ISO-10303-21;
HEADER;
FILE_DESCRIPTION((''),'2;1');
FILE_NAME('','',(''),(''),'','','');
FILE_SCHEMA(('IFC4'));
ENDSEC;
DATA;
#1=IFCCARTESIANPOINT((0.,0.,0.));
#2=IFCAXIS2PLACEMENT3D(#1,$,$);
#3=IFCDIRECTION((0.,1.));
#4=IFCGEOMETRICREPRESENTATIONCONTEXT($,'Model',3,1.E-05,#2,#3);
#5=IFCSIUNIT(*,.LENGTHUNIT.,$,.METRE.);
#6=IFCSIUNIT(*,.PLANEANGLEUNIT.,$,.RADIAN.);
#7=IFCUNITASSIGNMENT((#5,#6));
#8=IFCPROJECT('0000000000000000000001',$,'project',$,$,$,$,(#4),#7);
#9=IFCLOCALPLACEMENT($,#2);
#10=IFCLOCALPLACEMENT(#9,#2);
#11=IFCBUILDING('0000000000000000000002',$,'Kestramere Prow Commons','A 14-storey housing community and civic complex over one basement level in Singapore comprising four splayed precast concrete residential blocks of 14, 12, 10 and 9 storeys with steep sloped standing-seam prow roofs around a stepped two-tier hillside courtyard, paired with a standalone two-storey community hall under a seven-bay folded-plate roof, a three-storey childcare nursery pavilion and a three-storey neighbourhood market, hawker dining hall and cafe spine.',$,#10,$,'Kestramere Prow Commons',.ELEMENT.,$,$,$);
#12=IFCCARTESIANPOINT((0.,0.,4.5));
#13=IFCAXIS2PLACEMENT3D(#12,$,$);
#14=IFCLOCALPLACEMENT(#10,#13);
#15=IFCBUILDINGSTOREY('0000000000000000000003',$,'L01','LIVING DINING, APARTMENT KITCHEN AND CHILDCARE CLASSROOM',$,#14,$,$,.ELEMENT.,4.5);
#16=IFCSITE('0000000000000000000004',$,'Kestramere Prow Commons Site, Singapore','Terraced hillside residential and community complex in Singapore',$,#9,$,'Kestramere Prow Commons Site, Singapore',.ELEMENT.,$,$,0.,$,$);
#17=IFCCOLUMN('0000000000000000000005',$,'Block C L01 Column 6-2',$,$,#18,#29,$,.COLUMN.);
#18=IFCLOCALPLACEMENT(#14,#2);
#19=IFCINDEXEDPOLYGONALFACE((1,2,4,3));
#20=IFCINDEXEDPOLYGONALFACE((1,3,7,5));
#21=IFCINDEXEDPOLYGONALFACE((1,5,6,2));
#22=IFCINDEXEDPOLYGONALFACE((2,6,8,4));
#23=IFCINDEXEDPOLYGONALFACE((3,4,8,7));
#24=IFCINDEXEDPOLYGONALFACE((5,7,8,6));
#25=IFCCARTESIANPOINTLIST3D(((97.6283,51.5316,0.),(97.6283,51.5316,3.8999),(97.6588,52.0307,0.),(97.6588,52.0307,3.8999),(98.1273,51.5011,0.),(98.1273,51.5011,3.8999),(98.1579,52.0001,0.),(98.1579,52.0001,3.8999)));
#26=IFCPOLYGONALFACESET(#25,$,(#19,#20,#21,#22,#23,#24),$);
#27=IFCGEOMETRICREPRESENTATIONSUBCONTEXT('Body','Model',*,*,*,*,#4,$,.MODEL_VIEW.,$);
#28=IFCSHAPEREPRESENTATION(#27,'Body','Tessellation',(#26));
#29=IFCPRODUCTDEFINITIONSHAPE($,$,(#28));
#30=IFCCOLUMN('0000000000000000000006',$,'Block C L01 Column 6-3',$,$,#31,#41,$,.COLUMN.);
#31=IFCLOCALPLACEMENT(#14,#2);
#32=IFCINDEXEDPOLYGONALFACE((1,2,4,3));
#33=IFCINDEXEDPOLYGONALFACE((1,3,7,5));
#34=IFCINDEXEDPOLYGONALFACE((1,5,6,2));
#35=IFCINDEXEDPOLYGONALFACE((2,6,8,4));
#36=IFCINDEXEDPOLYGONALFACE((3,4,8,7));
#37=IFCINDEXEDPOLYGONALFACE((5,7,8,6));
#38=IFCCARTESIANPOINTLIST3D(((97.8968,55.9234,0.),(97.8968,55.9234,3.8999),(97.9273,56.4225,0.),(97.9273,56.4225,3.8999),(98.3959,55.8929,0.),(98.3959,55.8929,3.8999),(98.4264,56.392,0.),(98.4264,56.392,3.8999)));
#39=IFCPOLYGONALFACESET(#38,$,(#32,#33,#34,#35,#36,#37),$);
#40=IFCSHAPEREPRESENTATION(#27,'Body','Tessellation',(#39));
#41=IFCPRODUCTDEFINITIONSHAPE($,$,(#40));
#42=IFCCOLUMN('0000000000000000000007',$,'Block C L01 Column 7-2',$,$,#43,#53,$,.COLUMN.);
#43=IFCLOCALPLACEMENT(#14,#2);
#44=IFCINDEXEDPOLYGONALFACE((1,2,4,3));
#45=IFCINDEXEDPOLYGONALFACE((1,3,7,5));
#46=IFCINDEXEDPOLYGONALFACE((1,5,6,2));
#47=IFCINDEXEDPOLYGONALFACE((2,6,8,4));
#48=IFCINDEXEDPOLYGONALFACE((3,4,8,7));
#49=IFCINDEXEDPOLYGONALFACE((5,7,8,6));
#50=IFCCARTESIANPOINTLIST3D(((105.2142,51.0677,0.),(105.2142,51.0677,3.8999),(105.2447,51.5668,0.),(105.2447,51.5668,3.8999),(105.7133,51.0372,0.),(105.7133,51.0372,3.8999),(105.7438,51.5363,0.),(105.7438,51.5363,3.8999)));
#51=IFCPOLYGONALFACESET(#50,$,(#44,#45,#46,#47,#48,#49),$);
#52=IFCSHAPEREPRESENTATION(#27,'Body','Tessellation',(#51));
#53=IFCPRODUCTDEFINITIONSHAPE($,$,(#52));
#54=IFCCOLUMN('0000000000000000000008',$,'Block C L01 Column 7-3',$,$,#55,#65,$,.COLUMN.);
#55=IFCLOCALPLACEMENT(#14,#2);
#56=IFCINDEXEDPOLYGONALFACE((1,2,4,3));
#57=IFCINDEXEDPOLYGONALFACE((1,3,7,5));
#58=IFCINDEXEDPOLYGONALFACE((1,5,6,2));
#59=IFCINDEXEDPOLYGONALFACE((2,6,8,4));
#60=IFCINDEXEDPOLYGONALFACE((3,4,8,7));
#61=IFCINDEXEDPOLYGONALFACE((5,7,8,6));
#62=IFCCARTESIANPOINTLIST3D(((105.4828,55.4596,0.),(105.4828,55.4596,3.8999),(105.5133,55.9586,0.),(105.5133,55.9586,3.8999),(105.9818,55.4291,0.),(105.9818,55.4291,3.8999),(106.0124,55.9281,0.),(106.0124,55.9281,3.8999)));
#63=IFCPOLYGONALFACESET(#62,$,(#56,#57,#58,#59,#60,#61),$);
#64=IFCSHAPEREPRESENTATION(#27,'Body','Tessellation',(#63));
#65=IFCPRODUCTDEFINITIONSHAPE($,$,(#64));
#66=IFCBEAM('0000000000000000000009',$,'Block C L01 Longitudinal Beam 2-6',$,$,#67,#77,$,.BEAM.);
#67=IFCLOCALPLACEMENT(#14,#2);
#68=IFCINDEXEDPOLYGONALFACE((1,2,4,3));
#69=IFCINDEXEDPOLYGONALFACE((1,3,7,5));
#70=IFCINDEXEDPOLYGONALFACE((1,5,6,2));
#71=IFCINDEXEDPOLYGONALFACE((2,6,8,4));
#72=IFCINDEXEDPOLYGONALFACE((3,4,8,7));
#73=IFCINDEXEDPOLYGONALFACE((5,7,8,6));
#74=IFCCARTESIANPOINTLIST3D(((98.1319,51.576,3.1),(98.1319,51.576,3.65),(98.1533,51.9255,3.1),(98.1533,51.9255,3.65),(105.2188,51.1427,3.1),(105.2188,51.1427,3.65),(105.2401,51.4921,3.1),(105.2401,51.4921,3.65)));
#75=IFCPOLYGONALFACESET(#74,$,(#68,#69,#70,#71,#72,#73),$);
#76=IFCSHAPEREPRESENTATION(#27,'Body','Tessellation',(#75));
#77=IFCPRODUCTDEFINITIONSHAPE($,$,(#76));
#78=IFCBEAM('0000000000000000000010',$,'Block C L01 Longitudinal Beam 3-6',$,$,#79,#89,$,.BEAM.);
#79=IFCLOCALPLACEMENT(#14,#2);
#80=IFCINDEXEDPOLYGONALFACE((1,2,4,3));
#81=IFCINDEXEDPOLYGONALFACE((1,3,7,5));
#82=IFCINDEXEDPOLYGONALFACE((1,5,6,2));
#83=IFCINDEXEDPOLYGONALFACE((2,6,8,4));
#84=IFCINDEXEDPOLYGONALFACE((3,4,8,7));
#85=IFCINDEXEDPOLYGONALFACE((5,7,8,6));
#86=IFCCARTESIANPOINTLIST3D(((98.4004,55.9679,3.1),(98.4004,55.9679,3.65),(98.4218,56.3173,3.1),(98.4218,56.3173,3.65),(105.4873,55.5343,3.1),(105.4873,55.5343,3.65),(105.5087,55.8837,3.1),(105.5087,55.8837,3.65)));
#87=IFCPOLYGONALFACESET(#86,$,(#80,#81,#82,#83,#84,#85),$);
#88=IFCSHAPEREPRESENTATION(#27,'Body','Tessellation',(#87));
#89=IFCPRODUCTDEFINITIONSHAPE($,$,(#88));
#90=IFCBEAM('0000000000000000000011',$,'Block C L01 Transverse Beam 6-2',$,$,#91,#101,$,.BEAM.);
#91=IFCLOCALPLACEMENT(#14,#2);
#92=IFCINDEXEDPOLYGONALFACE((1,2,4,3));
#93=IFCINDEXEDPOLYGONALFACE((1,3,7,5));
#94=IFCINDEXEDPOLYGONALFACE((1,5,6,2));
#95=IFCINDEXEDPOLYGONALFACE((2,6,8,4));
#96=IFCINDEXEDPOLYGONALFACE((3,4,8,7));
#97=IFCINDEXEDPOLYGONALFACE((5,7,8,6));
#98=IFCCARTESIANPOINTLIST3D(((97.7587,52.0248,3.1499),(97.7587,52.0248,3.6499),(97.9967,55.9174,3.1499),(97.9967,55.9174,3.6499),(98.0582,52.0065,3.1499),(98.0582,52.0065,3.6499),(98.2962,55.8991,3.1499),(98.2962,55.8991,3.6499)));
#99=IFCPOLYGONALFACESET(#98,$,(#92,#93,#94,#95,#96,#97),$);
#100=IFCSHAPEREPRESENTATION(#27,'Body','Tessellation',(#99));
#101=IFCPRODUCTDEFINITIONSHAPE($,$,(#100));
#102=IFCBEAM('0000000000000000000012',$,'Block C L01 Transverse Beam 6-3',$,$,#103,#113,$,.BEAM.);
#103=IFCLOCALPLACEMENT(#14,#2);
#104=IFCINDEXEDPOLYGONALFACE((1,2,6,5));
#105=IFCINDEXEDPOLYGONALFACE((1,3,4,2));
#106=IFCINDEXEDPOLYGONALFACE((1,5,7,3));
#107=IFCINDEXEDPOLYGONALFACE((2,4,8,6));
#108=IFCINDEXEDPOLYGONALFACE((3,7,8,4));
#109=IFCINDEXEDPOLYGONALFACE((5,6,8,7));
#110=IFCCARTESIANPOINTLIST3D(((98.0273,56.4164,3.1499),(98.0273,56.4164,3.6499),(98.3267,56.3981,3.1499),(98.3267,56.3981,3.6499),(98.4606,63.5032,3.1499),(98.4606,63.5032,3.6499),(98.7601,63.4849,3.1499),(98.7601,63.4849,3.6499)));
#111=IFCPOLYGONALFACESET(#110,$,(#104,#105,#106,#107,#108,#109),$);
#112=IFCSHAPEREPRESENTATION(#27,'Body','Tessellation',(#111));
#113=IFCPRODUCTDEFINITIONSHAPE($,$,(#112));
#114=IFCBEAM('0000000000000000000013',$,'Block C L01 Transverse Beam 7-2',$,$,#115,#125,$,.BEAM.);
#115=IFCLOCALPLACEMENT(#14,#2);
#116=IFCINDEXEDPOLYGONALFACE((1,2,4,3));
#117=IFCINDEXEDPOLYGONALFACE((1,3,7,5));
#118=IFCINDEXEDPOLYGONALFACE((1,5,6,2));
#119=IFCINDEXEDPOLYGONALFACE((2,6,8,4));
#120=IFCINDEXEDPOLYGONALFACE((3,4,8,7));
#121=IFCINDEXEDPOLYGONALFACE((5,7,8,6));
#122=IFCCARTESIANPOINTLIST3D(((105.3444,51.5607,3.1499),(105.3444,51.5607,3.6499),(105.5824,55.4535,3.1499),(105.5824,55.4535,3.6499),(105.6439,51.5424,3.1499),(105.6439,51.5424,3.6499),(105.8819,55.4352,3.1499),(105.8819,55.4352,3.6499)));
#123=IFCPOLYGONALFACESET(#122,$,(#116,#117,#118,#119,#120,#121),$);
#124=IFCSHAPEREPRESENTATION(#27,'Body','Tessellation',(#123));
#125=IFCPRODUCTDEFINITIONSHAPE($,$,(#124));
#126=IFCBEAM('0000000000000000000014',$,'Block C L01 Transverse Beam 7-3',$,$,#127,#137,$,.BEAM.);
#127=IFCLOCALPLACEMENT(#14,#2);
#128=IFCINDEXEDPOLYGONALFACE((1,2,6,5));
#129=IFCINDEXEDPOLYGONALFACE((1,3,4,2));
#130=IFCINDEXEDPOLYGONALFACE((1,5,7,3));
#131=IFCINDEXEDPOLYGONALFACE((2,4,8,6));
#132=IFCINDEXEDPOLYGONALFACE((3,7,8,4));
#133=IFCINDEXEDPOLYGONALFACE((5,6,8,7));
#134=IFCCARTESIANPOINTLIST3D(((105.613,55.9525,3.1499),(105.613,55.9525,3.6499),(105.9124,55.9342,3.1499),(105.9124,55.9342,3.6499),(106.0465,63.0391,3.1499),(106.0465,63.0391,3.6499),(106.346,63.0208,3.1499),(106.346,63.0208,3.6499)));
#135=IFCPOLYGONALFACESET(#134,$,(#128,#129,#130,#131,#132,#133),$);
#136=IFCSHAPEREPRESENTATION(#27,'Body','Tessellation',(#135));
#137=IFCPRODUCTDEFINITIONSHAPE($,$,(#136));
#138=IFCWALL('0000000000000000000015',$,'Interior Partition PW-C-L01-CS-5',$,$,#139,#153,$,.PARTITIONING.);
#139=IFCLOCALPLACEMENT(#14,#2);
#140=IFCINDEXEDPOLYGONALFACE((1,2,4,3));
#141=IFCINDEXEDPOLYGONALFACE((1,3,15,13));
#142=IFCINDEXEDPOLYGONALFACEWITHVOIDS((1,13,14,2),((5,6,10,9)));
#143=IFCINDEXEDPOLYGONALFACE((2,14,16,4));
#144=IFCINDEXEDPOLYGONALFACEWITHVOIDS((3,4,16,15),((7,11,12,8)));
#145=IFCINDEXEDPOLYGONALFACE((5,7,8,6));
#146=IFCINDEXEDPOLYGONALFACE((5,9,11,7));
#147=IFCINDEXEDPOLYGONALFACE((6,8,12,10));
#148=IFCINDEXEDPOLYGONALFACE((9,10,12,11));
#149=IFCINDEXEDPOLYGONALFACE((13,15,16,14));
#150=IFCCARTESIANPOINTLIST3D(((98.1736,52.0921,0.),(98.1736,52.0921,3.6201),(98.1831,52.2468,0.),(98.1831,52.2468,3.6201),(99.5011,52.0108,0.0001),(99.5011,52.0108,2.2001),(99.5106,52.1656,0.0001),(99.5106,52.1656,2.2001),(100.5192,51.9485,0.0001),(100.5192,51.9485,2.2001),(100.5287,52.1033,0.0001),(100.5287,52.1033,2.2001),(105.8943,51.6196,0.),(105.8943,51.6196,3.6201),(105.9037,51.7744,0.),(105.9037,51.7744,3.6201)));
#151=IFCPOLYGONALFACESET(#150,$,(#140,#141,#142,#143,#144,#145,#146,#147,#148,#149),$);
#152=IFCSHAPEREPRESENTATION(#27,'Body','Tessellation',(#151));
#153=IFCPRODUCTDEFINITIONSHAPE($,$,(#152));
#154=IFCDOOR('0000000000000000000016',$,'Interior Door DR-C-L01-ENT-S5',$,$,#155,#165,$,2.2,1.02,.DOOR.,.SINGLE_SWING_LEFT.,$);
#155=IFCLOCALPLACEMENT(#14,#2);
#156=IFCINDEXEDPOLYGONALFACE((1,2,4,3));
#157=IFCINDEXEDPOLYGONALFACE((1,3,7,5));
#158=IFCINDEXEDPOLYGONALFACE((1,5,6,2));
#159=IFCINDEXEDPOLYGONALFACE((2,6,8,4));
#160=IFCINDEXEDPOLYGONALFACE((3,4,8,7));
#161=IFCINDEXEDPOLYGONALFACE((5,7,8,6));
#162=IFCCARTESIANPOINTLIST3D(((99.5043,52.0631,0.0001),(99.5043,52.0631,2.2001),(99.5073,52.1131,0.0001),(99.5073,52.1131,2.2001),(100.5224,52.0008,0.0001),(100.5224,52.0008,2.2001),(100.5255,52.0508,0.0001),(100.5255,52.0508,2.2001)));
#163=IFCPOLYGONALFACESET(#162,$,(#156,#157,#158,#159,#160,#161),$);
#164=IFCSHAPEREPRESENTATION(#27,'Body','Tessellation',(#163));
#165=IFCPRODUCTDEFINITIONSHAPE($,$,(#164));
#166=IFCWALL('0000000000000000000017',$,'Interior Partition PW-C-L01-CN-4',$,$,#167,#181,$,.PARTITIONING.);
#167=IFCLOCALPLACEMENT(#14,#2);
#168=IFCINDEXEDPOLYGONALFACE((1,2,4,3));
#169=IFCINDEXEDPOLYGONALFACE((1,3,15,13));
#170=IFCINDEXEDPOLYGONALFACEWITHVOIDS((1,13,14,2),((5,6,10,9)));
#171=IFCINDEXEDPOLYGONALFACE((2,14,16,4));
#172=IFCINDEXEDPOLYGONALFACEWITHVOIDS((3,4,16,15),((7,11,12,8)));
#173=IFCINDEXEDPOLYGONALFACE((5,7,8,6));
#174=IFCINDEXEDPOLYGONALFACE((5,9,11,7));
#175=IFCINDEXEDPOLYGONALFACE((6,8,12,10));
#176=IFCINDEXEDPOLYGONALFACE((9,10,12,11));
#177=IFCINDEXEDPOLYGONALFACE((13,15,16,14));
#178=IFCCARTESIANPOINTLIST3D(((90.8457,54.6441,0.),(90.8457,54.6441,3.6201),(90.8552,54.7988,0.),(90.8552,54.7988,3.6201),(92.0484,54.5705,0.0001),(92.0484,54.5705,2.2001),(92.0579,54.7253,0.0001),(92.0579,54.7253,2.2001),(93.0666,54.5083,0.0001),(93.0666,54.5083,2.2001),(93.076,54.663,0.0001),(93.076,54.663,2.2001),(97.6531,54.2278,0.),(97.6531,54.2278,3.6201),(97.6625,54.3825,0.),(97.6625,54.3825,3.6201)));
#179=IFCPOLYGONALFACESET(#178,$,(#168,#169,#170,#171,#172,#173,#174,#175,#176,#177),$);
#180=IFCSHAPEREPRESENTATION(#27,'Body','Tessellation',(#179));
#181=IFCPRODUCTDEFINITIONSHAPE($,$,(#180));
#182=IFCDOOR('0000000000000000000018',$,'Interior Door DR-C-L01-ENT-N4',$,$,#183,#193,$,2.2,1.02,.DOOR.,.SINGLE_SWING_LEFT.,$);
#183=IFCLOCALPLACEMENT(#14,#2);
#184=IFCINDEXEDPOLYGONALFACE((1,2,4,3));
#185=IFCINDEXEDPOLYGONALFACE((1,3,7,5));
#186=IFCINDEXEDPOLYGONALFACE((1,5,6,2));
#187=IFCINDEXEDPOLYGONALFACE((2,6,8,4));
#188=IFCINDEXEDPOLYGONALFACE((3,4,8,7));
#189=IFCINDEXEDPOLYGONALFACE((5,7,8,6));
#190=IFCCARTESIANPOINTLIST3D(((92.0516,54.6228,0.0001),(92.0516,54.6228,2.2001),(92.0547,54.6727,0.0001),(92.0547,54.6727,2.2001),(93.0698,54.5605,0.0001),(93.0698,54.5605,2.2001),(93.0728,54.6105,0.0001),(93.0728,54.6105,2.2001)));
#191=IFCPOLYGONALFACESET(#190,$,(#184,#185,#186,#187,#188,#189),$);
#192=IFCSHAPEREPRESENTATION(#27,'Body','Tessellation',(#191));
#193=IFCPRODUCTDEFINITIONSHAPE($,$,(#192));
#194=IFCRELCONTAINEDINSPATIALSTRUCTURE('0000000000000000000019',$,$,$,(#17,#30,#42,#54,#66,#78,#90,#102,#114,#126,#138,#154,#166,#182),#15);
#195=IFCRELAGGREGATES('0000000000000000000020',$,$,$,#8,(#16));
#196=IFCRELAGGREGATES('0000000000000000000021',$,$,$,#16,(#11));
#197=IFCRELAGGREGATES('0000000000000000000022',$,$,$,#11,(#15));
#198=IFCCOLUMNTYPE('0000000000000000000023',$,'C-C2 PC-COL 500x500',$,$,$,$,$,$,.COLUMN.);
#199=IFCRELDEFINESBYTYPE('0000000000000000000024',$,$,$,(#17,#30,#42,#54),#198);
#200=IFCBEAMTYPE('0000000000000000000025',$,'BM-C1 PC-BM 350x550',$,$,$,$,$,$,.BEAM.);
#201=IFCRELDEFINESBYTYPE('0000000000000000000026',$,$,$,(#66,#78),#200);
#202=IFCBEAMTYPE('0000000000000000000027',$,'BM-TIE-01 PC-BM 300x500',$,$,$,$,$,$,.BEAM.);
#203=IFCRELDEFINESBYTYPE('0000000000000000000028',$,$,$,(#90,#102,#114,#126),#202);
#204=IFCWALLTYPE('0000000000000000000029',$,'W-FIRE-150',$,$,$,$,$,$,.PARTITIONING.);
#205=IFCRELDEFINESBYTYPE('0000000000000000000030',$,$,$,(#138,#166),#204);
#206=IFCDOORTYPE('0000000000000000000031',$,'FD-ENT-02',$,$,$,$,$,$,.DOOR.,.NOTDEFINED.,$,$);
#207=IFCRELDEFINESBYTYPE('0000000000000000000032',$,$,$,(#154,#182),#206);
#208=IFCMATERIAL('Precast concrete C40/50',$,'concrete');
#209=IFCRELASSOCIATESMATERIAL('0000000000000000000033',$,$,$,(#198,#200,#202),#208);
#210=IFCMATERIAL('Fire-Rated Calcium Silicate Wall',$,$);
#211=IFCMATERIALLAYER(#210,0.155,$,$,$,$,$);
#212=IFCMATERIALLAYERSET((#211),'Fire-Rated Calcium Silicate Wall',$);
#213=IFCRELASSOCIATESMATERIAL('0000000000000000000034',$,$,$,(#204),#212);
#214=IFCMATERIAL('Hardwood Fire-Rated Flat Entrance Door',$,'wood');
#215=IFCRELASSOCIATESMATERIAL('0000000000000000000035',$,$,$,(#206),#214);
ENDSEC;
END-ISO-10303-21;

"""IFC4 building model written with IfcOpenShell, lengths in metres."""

from ifc_helpers import new_model, si_unit, direction, frame, frame_2d, origin, origin_2d, place, context, subcontext, project, spatial, rectangle, extrude, material, layer, layer_set, material_profile, profile_set, type_object, element, fill, save


model = new_model("IFC4")

# Units and contexts
model_context = context("Model", 3, precision=1e-05, world=origin(), true_north=direction((0.0, 1.0)))
body_context = subcontext(model_context, "Body", "Model", "MODEL_VIEW")
ifc_project = project(units=[si_unit("LENGTHUNIT", "METRE"), si_unit("PLANEANGLEUNIT", "RADIAN")], contexts=[model_context])

# Site, building, storey
site_placement = place(None, origin())
site = spatial("IfcSite", under=ifc_project, at=site_placement, Name="Kestramere Prow Commons Site, Singapore", Description="Terraced hillside residential and community complex in Singapore", LongName="Kestramere Prow Commons Site, Singapore", CompositionType="ELEMENT", RefElevation=0.0)
building_placement = place(site_placement, origin())
building = spatial("IfcBuilding", under=site, at=building_placement, Name="Kestramere Prow Commons", Description="A 14-storey housing community and civic complex over one basement level in Singapore comprising four splayed precast concrete residential blocks of 14, 12, 10 and 9 storeys with steep sloped standing-seam prow roofs around a stepped two-tier hillside courtyard, paired with a standalone two-storey community hall under a seven-bay folded-plate roof, a three-storey childcare nursery pavilion and a three-storey neighbourhood market, hawker dining hall and cafe spine.", LongName="Kestramere Prow Commons", CompositionType="ELEMENT")
storey_placement = place(building_placement, frame((0.0, 0.0, 4.5)))
storey = spatial("IfcBuildingStorey", under=building, at=storey_placement, Name="L01", Description="LIVING DINING, APARTMENT KITCHEN AND CHILDCARE CLASSROOM", CompositionType="ELEMENT", Elevation=4.5)

# Columns
ifc_material_1 = material(Name="Precast concrete C40/50", Category="concrete")
ifc_material_profile_1 = material_profile(ifc_material_1, rectangle(XDim=0.5, YDim=0.5, at=origin_2d()), Name="PC-COL 500x500")
ifc_profile_set_1 = profile_set([ifc_material_profile_1], Name="Precast concrete C40/50")
column_type = type_object("IfcColumnType", Name="C-C2 PC-COL 500x500", PredefinedType="COLUMN", material=ifc_profile_set_1)
for number, where, z_axis, x_axis, name in (
    (1, (97.8931, 51.7659, 0.0), (0.0, 0.0, 1.0), (0.998135, -0.061049, 0.0), "Block C L01 Column 6-2"),
    (2, (98.1616, 56.1577, 0.0), (0.0, 0.0, 1.0), (0.998135, -0.061049, 0.0), "Block C L01 Column 6-3"),
    (3, (105.479, 51.302, 0.0), (0.0, 0.0, 1.0), (0.998135, -0.061049, 0.0), "Block C L01 Column 7-2"),
    (4, (105.7476, 55.6938, 0.0), (0.0, 0.0, 1.0), (0.998135, -0.061049, 0.0), "Block C L01 Column 7-3"),
):
    element("IfcColumn", number, at=place(storey_placement, frame(where, z_axis=z_axis, x_axis=x_axis)), inside=storey, type_object=column_type, Name=name, PredefinedType="COLUMN", context=body_context, shape_type="SweptSolid", body=[
        extrude(rectangle(XDim=0.5, YDim=0.5, at=origin_2d()), origin(), (0.0, 0.0, 1.0), 3.8999),
    ])

# Beams
ifc_material_profile_2 = material_profile(ifc_material_1, rectangle(XDim=0.3501, YDim=0.55, at=origin_2d()), Name="PC-BM 350x550")
ifc_profile_set_2 = profile_set([ifc_material_profile_2], Name="Precast concrete C40/50")
beam_type_1 = type_object("IfcBeamType", Name="BM-C1 PC-BM 350x550", PredefinedType="BEAM", material=ifc_profile_set_2)
for number, where, z_axis, x_axis, name in (
    (5, (98.1426, 51.7507, 3.375), (0.998136, -0.061034, 0.0), (0.061034, 0.998136, 0.0), "Block C L01 Longitudinal Beam 2-6"),
    (6, (98.4111, 56.1426, 3.375), (0.998134, -0.061068, 0.0), (0.061068, 0.998134, 0.0), "Block C L01 Longitudinal Beam 3-6"),
):
    element("IfcBeam", number, at=place(storey_placement, frame(where, z_axis=z_axis, x_axis=x_axis)), inside=storey, type_object=beam_type_1, Name=name, PredefinedType="BEAM", context=body_context, shape_type="SweptSolid", body=[
        extrude(rectangle(XDim=0.3501, YDim=0.55, at=origin_2d()), origin(), (0.0, 0.0, 1.0), 7.1001),
    ])
ifc_material_profile_3 = material_profile(ifc_material_1, rectangle(XDim=0.3, YDim=0.5, at=origin_2d()), Name="PC-BM 300x500")
ifc_profile_set_3 = profile_set([ifc_material_profile_3], Name="Precast concrete C40/50")
beam_type_2 = type_object("IfcBeamType", Name="BM-TIE-01 PC-BM 300x500", PredefinedType="BEAM", material=ifc_profile_set_3)
beam_1_placement = place(storey_placement, frame((97.9084, 52.0156, 3.3999), z_axis=(0.061038, 0.998135, 0.0), x_axis=(-0.998135, 0.061038, 0.0)))
element("IfcBeam", 7, at=beam_1_placement, inside=storey, type_object=beam_type_2, Name="Block C L01 Transverse Beam 6-2", PredefinedType="BEAM", context=body_context, shape_type="SweptSolid", body=[
    extrude(rectangle(XDim=0.3, YDim=0.5, at=origin_2d()), origin(), (0.0, 0.0, 1.0), 3.8999),
])
beam_2_placement = place(storey_placement, frame((98.177, 56.4072, 3.3999), z_axis=(0.061034, 0.998136, 0.0), x_axis=(-0.998136, 0.061034, 0.0)))
element("IfcBeam", 8, at=beam_2_placement, inside=storey, type_object=beam_type_2, Name="Block C L01 Transverse Beam 6-3", PredefinedType="BEAM", context=body_context, shape_type="SweptSolid", body=[
    extrude(rectangle(XDim=0.3, YDim=0.5, at=origin_2d()), origin(), (0.0, 0.0, 1.0), 7.1001),
])
beam_3_placement = place(storey_placement, frame((105.4941, 51.5515, 3.3999), z_axis=(0.061034, 0.998136, 0.0), x_axis=(-0.998136, 0.061034, 0.0)))
element("IfcBeam", 9, at=beam_3_placement, inside=storey, type_object=beam_type_2, Name="Block C L01 Transverse Beam 7-2", PredefinedType="BEAM", context=body_context, shape_type="SweptSolid", body=[
    extrude(rectangle(XDim=0.3, YDim=0.5, at=origin_2d()), origin(), (0.0, 0.0, 1.0), 3.9001),
])
beam_4_placement = place(storey_placement, frame((105.7627, 55.9434, 3.3999), z_axis=(0.06107, 0.998133, 0.0), x_axis=(-0.998133, 0.06107, 0.0)))
element("IfcBeam", 10, at=beam_4_placement, inside=storey, type_object=beam_type_2, Name="Block C L01 Transverse Beam 7-3", PredefinedType="BEAM", context=body_context, shape_type="SweptSolid", body=[
    extrude(rectangle(XDim=0.3, YDim=0.5, at=origin_2d()), origin(), (0.0, 0.0, 1.0), 7.0999),
])

# Walls, openings, doors
ifc_material_2 = material(Name="Fire-Rated Calcium Silicate Wall")
ifc_layer_1 = layer(ifc_material_2, 0.155)
ifc_layer_set_1 = layer_set([ifc_layer_1], Name="Fire-Rated Calcium Silicate Wall")
wall_type_1 = type_object("IfcWallType", Name="W-FIRE-150", PredefinedType="PARTITIONING", material=ifc_layer_set_1)
wall_1_placement = place(storey_placement, frame((98.1782, 52.1694, 0.0), z_axis=(0.0, 0.0, 1.0), x_axis=(0.998133, -0.061073, 0.0)))
wall_1 = element("IfcWall", 11, at=wall_1_placement, inside=storey, type_object=wall_type_1, Name="Interior Partition PW-C-L01-CS-5", PredefinedType="PARTITIONING", context=body_context, shape_type="SweptSolid", body=[
    extrude(rectangle(XDim=7.7351, YDim=0.155, at=frame_2d((3.8677, 0.0))), origin(), (0.0, 0.0, 1.0), 3.6201),
])
opening_1_placement = place(wall_1_placement, frame((1.3301, 0.0, 0.0)))
opening_1 = element("IfcOpeningElement", 12, at=opening_1_placement, cuts=wall_1, PredefinedType="OPENING", context=body_context, shape_type="SweptSolid", body=[
    extrude(rectangle(XDim=1.02, YDim=2.2, at=frame_2d((0.51, 1.1001))), frame((0.0, 0.0925, 0.0), z_axis=(0.0, -1.0, 0.0), x_axis=(1.0, 0.0, 0.0)), (0.0, 0.0, 1.0), 0.1851),
])
ifc_material_3 = material(Name="Hardwood Fire-Rated Flat Entrance Door", Category="wood")
door_type_1 = type_object("IfcDoorType", Name="FD-ENT-02", OperationType="NOTDEFINED", PredefinedType="DOOR", material=ifc_material_3)
door_1_placement = place(opening_1_placement, origin())
door_1 = element("IfcDoor", 13, at=door_1_placement, inside=storey, type_object=door_type_1, Name="Interior Door DR-C-L01-ENT-S5", OperationType="SINGLE_SWING_LEFT", OverallHeight=2.2, OverallWidth=1.02, PredefinedType="DOOR", context=body_context, shape_type="SweptSolid", body=[
    extrude(rectangle(XDim=1.02, YDim=2.2, at=frame_2d((0.51, 1.1001))), frame((0.0, 0.0249, 0.0), z_axis=(0.0, -1.0, 0.0), x_axis=(1.0, 0.0, 0.0)), (0.0, 0.0, 1.0), 0.05),
])
fill(opening_1, door_1)
wall_2_placement = place(storey_placement, frame((90.8503, 54.7214, 0.0), z_axis=(0.0, 0.0, 1.0), x_axis=(0.998136, -0.061034, 0.0)))
wall_2 = element("IfcWall", 14, at=wall_2_placement, inside=storey, type_object=wall_type_1, Name="Interior Partition PW-C-L01-CN-4", PredefinedType="PARTITIONING", context=body_context, shape_type="SweptSolid", body=[
    extrude(rectangle(XDim=6.8201, YDim=0.155, at=frame_2d((3.4102, 0.0))), origin(), (0.0, 0.0, 1.0), 3.6201),
])
opening_2_placement = place(wall_2_placement, frame((1.2051, 0.0, 0.0)))
opening_2 = element("IfcOpeningElement", 15, at=opening_2_placement, cuts=wall_2, PredefinedType="OPENING", context=body_context, shape_type="SweptSolid", body=[
    extrude(rectangle(XDim=1.02, YDim=2.2, at=frame_2d((0.51, 1.1001))), frame((0.0, 0.0925, 0.0), z_axis=(0.0, -1.0, 0.0), x_axis=(1.0, 0.0, 0.0)), (0.0, 0.0, 1.0), 0.1851),
])
door_2_placement = place(opening_2_placement, origin())
door_2 = element("IfcDoor", 16, at=door_2_placement, inside=storey, type_object=door_type_1, Name="Interior Door DR-C-L01-ENT-N4", OperationType="SINGLE_SWING_LEFT", OverallHeight=2.2, OverallWidth=1.02, PredefinedType="DOOR", context=body_context, shape_type="SweptSolid", body=[
    extrude(rectangle(XDim=1.02, YDim=2.2, at=frame_2d((0.51, 1.1001))), frame((0.0, 0.0249, 0.0), z_axis=(0.0, -1.0, 0.0), x_axis=(1.0, 0.0, 0.0)), (0.0, 0.0, 1.0), 0.05),
])
fill(opening_2, door_2)

save(model, "model.ifc")
